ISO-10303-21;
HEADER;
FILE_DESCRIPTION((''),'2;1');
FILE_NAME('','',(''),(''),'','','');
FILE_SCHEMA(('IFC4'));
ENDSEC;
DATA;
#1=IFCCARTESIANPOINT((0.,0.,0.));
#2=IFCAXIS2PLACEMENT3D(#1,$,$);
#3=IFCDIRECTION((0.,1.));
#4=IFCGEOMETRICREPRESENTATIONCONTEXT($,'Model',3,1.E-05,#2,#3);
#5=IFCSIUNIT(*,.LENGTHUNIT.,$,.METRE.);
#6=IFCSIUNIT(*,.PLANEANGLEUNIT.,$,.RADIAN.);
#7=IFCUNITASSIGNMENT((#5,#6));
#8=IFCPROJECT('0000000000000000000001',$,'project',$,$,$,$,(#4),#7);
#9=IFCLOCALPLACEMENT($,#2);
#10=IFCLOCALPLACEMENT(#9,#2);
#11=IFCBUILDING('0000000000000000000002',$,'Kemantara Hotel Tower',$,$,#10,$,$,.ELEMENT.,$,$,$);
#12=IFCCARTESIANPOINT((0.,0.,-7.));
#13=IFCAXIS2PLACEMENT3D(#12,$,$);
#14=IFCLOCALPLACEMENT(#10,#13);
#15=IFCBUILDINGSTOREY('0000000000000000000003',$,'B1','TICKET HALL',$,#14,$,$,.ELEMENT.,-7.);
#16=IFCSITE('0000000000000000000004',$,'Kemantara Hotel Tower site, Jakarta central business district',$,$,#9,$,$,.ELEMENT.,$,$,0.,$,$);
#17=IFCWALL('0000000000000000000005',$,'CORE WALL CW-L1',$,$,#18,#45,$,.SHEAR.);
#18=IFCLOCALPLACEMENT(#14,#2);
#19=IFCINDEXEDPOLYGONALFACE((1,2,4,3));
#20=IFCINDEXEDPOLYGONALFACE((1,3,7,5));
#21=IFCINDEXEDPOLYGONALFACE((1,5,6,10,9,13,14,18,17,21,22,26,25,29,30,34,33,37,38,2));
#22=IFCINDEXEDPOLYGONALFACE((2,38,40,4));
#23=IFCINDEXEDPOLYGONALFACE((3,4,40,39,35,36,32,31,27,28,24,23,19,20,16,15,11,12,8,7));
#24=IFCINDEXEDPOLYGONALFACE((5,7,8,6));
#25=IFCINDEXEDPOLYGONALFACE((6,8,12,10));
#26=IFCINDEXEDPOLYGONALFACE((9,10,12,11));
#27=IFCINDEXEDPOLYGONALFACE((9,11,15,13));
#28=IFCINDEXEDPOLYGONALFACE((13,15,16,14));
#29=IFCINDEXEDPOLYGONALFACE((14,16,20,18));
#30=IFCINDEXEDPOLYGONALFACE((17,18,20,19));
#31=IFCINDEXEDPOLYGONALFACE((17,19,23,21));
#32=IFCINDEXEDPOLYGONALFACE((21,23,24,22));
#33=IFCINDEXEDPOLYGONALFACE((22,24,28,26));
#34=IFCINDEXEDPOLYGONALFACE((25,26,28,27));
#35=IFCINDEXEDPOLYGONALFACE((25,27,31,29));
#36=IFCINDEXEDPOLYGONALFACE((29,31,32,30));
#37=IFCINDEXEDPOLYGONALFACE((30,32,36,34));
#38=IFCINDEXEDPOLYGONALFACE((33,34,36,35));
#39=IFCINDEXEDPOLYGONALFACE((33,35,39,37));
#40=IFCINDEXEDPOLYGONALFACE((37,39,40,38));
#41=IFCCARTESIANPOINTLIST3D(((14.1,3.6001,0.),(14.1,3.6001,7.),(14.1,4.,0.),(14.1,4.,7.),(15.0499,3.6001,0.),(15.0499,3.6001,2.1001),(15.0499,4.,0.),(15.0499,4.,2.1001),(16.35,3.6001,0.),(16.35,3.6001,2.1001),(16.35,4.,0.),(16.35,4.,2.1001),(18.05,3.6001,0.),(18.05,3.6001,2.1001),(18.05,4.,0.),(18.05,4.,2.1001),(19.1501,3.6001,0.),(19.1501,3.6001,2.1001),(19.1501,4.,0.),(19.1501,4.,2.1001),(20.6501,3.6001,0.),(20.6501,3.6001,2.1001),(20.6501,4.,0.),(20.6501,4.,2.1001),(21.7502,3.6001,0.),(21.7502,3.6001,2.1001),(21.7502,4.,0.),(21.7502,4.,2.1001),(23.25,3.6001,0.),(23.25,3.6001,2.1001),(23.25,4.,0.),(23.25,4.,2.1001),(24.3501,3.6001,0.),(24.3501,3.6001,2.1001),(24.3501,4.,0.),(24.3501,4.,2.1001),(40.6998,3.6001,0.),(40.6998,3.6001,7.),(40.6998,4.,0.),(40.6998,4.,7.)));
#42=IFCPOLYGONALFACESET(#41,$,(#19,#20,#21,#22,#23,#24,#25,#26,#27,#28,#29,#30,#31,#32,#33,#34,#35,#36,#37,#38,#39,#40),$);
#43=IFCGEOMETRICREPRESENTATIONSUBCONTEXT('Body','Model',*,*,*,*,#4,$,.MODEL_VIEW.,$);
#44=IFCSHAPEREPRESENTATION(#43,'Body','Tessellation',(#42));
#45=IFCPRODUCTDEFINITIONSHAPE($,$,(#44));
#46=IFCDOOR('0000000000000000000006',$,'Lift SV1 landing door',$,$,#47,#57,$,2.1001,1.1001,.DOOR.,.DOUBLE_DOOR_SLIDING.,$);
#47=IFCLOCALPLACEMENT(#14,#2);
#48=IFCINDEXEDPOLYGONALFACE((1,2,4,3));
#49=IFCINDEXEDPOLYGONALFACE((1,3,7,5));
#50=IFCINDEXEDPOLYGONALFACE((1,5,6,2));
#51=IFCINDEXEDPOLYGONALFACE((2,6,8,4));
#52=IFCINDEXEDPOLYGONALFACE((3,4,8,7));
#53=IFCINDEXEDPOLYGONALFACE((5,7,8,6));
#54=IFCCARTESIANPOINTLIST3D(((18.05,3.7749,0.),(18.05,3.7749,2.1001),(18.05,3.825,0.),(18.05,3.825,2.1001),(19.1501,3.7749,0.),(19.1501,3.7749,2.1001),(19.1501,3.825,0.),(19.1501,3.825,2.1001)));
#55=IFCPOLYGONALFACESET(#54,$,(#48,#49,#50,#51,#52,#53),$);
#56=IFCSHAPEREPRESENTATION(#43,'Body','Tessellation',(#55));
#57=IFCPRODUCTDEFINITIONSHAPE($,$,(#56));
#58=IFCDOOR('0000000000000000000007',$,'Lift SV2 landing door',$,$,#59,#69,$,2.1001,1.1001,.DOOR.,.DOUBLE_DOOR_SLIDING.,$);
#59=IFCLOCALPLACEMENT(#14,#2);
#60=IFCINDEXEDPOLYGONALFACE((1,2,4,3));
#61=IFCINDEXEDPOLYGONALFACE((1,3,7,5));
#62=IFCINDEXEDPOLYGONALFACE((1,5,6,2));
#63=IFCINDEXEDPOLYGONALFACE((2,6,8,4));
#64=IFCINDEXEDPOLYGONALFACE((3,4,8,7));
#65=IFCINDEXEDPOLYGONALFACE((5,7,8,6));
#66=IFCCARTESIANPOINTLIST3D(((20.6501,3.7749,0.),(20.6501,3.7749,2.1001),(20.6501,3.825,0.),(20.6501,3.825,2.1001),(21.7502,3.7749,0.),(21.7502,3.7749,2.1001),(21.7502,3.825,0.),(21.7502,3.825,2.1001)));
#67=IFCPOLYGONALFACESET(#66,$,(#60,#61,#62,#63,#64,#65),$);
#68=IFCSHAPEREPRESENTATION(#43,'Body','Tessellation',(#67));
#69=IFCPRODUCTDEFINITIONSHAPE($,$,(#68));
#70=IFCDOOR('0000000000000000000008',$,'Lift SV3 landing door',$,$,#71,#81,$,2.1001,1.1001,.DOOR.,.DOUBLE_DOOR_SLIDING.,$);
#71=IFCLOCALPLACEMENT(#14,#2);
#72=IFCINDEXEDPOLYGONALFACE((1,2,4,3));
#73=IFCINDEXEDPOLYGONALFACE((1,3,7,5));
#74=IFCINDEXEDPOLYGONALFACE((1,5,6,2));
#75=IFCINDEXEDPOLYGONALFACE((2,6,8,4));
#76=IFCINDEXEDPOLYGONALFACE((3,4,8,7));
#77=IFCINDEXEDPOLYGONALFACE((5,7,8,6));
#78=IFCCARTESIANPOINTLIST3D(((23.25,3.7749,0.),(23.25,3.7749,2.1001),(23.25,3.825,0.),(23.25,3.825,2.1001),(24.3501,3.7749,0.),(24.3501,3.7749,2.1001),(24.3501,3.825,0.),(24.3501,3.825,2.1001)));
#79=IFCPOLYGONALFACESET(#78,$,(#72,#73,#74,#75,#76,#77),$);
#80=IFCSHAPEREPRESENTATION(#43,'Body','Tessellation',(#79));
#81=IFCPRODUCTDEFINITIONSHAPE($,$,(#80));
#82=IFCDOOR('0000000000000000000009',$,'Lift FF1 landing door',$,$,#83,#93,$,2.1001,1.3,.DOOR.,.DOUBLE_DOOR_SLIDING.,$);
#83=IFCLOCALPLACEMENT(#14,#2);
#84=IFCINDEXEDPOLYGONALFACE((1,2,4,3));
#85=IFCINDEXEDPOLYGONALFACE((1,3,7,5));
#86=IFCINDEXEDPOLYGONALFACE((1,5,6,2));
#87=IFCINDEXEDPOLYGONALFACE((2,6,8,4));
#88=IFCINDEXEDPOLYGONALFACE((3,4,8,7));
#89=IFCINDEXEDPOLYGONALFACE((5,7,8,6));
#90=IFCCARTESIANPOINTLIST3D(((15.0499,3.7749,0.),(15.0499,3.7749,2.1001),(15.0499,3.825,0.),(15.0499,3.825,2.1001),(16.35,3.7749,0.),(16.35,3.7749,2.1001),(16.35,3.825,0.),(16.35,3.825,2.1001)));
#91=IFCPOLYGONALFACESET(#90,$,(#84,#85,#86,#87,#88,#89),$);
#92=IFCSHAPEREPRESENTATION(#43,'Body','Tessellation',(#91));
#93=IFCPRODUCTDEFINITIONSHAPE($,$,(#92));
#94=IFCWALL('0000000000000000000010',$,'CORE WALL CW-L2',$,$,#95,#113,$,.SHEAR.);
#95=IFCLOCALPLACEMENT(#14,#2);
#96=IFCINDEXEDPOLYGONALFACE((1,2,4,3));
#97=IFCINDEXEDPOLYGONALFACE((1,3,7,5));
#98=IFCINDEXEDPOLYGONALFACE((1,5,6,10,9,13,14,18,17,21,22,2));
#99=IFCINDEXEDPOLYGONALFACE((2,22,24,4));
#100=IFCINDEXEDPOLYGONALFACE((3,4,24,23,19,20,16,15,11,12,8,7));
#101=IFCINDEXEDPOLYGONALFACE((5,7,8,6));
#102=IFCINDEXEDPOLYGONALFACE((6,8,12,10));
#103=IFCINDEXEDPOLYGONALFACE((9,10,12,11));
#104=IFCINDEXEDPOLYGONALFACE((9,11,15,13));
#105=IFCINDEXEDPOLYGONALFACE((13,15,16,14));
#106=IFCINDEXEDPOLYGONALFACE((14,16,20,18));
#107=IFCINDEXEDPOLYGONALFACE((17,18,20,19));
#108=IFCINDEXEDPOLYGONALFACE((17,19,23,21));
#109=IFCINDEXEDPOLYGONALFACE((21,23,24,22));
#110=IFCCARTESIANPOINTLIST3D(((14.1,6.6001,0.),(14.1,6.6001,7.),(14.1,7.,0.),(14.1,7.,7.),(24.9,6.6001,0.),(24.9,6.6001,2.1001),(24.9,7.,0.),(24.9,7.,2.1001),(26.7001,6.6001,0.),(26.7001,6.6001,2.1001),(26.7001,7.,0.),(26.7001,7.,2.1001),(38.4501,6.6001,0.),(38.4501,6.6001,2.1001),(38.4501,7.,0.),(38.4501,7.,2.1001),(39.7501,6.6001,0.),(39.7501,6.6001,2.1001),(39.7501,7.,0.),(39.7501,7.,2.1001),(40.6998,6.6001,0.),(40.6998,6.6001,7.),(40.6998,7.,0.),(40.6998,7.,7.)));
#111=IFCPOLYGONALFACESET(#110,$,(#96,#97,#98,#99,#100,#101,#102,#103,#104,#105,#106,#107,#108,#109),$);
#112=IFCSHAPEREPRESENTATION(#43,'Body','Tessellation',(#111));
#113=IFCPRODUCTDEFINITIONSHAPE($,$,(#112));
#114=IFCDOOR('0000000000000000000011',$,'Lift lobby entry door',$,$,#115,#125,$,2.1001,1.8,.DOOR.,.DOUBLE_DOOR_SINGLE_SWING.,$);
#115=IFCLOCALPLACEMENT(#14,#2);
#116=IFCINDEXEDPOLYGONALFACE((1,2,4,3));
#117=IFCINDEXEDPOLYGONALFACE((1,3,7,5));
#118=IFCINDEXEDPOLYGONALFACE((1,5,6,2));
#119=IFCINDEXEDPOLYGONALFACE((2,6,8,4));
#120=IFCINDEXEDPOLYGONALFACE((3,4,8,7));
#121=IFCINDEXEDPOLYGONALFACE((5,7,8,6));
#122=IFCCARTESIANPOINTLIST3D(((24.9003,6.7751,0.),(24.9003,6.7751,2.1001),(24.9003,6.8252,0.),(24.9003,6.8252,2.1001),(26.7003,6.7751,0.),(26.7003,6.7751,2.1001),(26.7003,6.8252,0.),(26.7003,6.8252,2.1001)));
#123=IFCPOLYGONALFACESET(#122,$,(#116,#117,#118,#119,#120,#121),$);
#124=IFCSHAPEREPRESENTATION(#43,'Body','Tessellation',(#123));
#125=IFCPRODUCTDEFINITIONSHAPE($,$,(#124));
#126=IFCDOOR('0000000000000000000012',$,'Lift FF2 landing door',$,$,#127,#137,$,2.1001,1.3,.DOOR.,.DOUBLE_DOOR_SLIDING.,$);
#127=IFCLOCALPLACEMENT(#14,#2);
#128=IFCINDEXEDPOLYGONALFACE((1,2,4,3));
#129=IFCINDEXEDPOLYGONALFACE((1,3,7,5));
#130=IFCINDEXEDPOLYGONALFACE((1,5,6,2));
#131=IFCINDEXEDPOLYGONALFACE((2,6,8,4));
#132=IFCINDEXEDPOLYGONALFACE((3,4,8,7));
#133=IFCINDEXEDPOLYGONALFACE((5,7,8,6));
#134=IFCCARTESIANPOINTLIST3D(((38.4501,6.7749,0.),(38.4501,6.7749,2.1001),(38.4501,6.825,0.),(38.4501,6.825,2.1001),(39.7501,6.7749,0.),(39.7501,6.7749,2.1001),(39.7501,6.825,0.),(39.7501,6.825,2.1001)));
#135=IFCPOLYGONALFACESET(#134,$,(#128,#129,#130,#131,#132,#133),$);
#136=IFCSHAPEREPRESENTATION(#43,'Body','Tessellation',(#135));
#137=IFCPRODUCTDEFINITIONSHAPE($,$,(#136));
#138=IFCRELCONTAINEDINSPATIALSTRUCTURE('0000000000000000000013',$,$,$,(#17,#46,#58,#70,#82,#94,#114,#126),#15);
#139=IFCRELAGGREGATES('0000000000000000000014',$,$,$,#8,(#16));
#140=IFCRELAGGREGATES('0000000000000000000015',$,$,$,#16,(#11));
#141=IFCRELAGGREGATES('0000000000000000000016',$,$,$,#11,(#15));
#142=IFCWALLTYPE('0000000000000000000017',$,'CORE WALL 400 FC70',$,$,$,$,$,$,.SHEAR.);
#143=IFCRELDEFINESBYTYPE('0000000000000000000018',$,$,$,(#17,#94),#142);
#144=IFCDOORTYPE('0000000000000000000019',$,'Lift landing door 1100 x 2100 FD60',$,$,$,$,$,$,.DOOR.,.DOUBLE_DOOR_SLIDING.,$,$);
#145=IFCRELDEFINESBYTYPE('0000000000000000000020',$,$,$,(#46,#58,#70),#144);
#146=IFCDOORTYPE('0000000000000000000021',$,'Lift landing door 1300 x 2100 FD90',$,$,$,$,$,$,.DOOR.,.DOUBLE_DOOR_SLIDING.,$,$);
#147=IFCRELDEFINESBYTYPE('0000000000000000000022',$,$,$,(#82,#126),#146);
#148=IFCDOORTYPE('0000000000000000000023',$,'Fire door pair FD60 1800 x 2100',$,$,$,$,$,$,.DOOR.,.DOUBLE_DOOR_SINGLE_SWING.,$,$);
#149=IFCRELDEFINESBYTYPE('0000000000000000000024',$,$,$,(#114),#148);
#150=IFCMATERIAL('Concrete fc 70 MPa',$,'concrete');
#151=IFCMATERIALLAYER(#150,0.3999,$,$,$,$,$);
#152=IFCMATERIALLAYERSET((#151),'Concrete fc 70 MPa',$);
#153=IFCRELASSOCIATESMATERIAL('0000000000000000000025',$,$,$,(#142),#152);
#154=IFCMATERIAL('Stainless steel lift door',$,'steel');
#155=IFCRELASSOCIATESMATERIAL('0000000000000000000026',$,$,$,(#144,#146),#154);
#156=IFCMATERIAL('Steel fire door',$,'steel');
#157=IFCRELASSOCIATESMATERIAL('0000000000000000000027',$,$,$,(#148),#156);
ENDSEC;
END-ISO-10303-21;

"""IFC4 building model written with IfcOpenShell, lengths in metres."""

from ifc_helpers import new_model, si_unit, direction, frame, frame_2d, origin, place, context, subcontext, project, spatial, rectangle, extrude, material, layer, layer_set, type_object, element, fill, save


model = new_model("IFC4")

# Units and contexts
model_context = context("Model", 3, precision=1e-05, world=origin(), true_north=direction((0.0, 1.0)))
body_context = subcontext(model_context, "Body", "Model", "MODEL_VIEW")
ifc_project = project(units=[si_unit("LENGTHUNIT", "METRE"), si_unit("PLANEANGLEUNIT", "RADIAN")], contexts=[model_context])

# Site, building, storey
site_placement = place(None, origin())
site = spatial("IfcSite", under=ifc_project, at=site_placement, Name="Kemantara Hotel Tower site, Jakarta central business district", CompositionType="ELEMENT", RefElevation=0.0)
building_placement = place(site_placement, origin())
building = spatial("IfcBuilding", under=site, at=building_placement, Name="Kemantara Hotel Tower", CompositionType="ELEMENT")
storey_placement = place(building_placement, frame((0.0, 0.0, -7.0)))
storey = spatial("IfcBuildingStorey", under=building, at=storey_placement, Name="B1", Description="TICKET HALL", CompositionType="ELEMENT", Elevation=-7.0)

# Shared definitions
ifc_material_1 = material(Name="Concrete fc 70 MPa", Category="concrete")

# Shared definitions
ifc_layer_1 = layer(ifc_material_1, 0.3999)
ifc_layer_set_1 = layer_set([ifc_layer_1], Name="Concrete fc 70 MPa")
wall_type_1 = type_object("IfcWallType", Name="CORE WALL 400 FC70", PredefinedType="SHEAR", material=ifc_layer_set_1)
ifc_material_2 = material(Name="Steel fire door", Category="steel")

# Walls, openings, doors
wall_1_placement = place(storey_placement, frame((14.1001, 3.8, 0.0), z_axis=(0.0, 0.0, 1.0), x_axis=(1.0, 0.0, 0.0)))
wall_1 = element("IfcWall", 1, at=wall_1_placement, inside=storey, type_object=wall_type_1, Name="CORE WALL CW-L1", PredefinedType="SHEAR", context=body_context, shape_type="SweptSolid", body=[
    extrude(rectangle(XDim=26.5999, YDim=0.3999, at=frame_2d((13.2998, 0.0))), origin(), (0.0, 0.0, 1.0), 7.0),
])
opening_1_placement = place(wall_1_placement, frame((0.95, 0.0, 0.0)))
opening_1 = element("IfcOpeningElement", 2, at=opening_1_placement, cuts=wall_1, PredefinedType="OPENING", context=body_context, shape_type="SweptSolid", body=[
    extrude(rectangle(XDim=1.3, YDim=2.1001, at=frame_2d((0.6499, 1.05))), frame((0.0, 0.21, 0.0), z_axis=(0.0, -1.0, 0.0), x_axis=(1.0, 0.0, 0.0)), (0.0, 0.0, 1.0), 0.4199),
])
opening_2_placement = place(wall_1_placement, frame((3.95, 0.0, 0.0)))
opening_2 = element("IfcOpeningElement", 3, at=opening_2_placement, cuts=wall_1, PredefinedType="OPENING", context=body_context, shape_type="SweptSolid", body=[
    extrude(rectangle(XDim=1.1001, YDim=2.1001, at=frame_2d((0.55, 1.05))), frame((0.0, 0.21, 0.0), z_axis=(0.0, -1.0, 0.0), x_axis=(1.0, 0.0, 0.0)), (0.0, 0.0, 1.0), 0.4199),
])
opening_3_placement = place(wall_1_placement, frame((6.55, 0.0, 0.0)))
opening_3 = element("IfcOpeningElement", 4, at=opening_3_placement, cuts=wall_1, PredefinedType="OPENING", context=body_context, shape_type="SweptSolid", body=[
    extrude(rectangle(XDim=1.1001, YDim=2.1001, at=frame_2d((0.55, 1.05))), frame((0.0, 0.21, 0.0), z_axis=(0.0, -1.0, 0.0), x_axis=(1.0, 0.0, 0.0)), (0.0, 0.0, 1.0), 0.4199),
])
opening_4_placement = place(wall_1_placement, frame((9.1499, 0.0, 0.0)))
opening_4 = element("IfcOpeningElement", 5, at=opening_4_placement, cuts=wall_1, PredefinedType="OPENING", context=body_context, shape_type="SweptSolid", body=[
    extrude(rectangle(XDim=1.1001, YDim=2.1001, at=frame_2d((0.55, 1.05))), frame((0.0, 0.21, 0.0), z_axis=(0.0, -1.0, 0.0), x_axis=(1.0, 0.0, 0.0)), (0.0, 0.0, 1.0), 0.4199),
])
ifc_material_3 = material(Name="Stainless steel lift door", Category="steel")
door_type_1 = type_object("IfcDoorType", Name="Lift landing door 1100 x 2100 FD60", OperationType="DOUBLE_DOOR_SLIDING", PredefinedType="DOOR", material=ifc_material_3)
door_1_placement = place(opening_2_placement, origin())
door_1 = element("IfcDoor", 6, at=door_1_placement, inside=storey, type_object=door_type_1, Name="Lift SV1 landing door", OperationType="DOUBLE_DOOR_SLIDING", OverallHeight=2.1001, OverallWidth=1.1001, PredefinedType="DOOR", context=body_context, shape_type="SweptSolid", body=[
    extrude(rectangle(XDim=1.1001, YDim=2.1001, at=frame_2d((0.55, 1.05))), frame((0.0, 0.0249, 0.0), z_axis=(0.0, -1.0, 0.0), x_axis=(1.0, 0.0, 0.0)), (0.0, 0.0, 1.0), 0.05),
])
fill(opening_2, door_1)
door_2_placement = place(opening_3_placement, origin())
door_2 = element("IfcDoor", 7, at=door_2_placement, inside=storey, type_object=door_type_1, Name="Lift SV2 landing door", OperationType="DOUBLE_DOOR_SLIDING", OverallHeight=2.1001, OverallWidth=1.1001, PredefinedType="DOOR", context=body_context, shape_type="SweptSolid", body=[
    extrude(rectangle(XDim=1.1001, YDim=2.1001, at=frame_2d((0.55, 1.05))), frame((0.0, 0.0249, 0.0), z_axis=(0.0, -1.0, 0.0), x_axis=(1.0, 0.0, 0.0)), (0.0, 0.0, 1.0), 0.05),
])
fill(opening_3, door_2)
door_3_placement = place(opening_4_placement, origin())
door_3 = element("IfcDoor", 8, at=door_3_placement, inside=storey, type_object=door_type_1, Name="Lift SV3 landing door", OperationType="DOUBLE_DOOR_SLIDING", OverallHeight=2.1001, OverallWidth=1.1001, PredefinedType="DOOR", context=body_context, shape_type="SweptSolid", body=[
    extrude(rectangle(XDim=1.1001, YDim=2.1001, at=frame_2d((0.55, 1.05))), frame((0.0, 0.0249, 0.0), z_axis=(0.0, -1.0, 0.0), x_axis=(1.0, 0.0, 0.0)), (0.0, 0.0, 1.0), 0.05),
])
fill(opening_4, door_3)
door_type_2 = type_object("IfcDoorType", Name="Lift landing door 1300 x 2100 FD90", OperationType="DOUBLE_DOOR_SLIDING", PredefinedType="DOOR", material=ifc_material_3)
door_4_placement = place(opening_1_placement, origin())
door_4 = element("IfcDoor", 9, at=door_4_placement, inside=storey, type_object=door_type_2, Name="Lift FF1 landing door", OperationType="DOUBLE_DOOR_SLIDING", OverallHeight=2.1001, OverallWidth=1.3, PredefinedType="DOOR", context=body_context, shape_type="SweptSolid", body=[
    extrude(rectangle(XDim=1.3, YDim=2.1001, at=frame_2d((0.6499, 1.05))), frame((0.0, 0.0249, 0.0), z_axis=(0.0, -1.0, 0.0), x_axis=(1.0, 0.0, 0.0)), (0.0, 0.0, 1.0), 0.05),
])
fill(opening_1, door_4)
wall_2_placement = place(storey_placement, frame((14.1001, 6.8, 0.0), z_axis=(0.0, 0.0, 1.0), x_axis=(1.0, 0.0, 0.0)))
wall_2 = element("IfcWall", 10, at=wall_2_placement, inside=storey, type_object=wall_type_1, Name="CORE WALL CW-L2", PredefinedType="SHEAR", context=body_context, shape_type="SweptSolid", body=[
    extrude(rectangle(XDim=26.5999, YDim=0.3999, at=frame_2d((13.2998, 0.0))), origin(), (0.0, 0.0, 1.0), 7.0),
])
opening_5_placement = place(wall_2_placement, frame((10.8, 0.0, 0.0)))
opening_5 = element("IfcOpeningElement", 11, at=opening_5_placement, cuts=wall_2, PredefinedType="OPENING", context=body_context, shape_type="SweptSolid", body=[
    extrude(rectangle(XDim=1.8, YDim=2.1001, at=frame_2d((0.8999, 1.05))), frame((0.0, 0.21, 0.0), z_axis=(0.0, -1.0, 0.0), x_axis=(1.0, 0.0, 0.0)), (0.0, 0.0, 1.0), 0.4199),
])
opening_6_placement = place(wall_2_placement, frame((24.3501, 0.0, 0.0)))
opening_6 = element("IfcOpeningElement", 12, at=opening_6_placement, cuts=wall_2, PredefinedType="OPENING", context=body_context, shape_type="SweptSolid", body=[
    extrude(rectangle(XDim=1.3, YDim=2.1001, at=frame_2d((0.6499, 1.05))), frame((0.0, 0.21, 0.0), z_axis=(0.0, -1.0, 0.0), x_axis=(1.0, 0.0, 0.0)), (0.0, 0.0, 1.0), 0.4199),
])
door_type_3 = type_object("IfcDoorType", Name="Fire door pair FD60 1800 x 2100", OperationType="DOUBLE_DOOR_SINGLE_SWING", PredefinedType="DOOR", material=ifc_material_2)
door_5_placement = place(opening_5_placement, frame((1.8, 0.0, 0.0), z_axis=(0.0, 0.0, 1.0), x_axis=(-1.0, 0.0, 0.0)))
door_5 = element("IfcDoor", 13, at=door_5_placement, inside=storey, type_object=door_type_3, Name="Lift lobby entry door", OperationType="DOUBLE_DOOR_SINGLE_SWING", OverallHeight=2.1001, OverallWidth=1.8, PredefinedType="DOOR", context=body_context, shape_type="SweptSolid", body=[
    extrude(rectangle(XDim=1.8, YDim=2.1001, at=frame_2d((0.8999, 1.05))), frame((0.0, 0.0249, 0.0), z_axis=(0.0, -1.0, 0.0), x_axis=(1.0, 0.0, 0.0)), (0.0, 0.0, 1.0), 0.05),
])
fill(opening_5, door_5)
door_6_placement = place(opening_6_placement, origin())
door_6 = element("IfcDoor", 14, at=door_6_placement, inside=storey, type_object=door_type_2, Name="Lift FF2 landing door", OperationType="DOUBLE_DOOR_SLIDING", OverallHeight=2.1001, OverallWidth=1.3, PredefinedType="DOOR", context=body_context, shape_type="SweptSolid", body=[
    extrude(rectangle(XDim=1.3, YDim=2.1001, at=frame_2d((0.6499, 1.05))), frame((0.0, 0.0249, 0.0), z_axis=(0.0, -1.0, 0.0), x_axis=(1.0, 0.0, 0.0)), (0.0, 0.0, 1.0), 0.05),
])
fill(opening_6, door_6)

save(model, "model.ifc")
